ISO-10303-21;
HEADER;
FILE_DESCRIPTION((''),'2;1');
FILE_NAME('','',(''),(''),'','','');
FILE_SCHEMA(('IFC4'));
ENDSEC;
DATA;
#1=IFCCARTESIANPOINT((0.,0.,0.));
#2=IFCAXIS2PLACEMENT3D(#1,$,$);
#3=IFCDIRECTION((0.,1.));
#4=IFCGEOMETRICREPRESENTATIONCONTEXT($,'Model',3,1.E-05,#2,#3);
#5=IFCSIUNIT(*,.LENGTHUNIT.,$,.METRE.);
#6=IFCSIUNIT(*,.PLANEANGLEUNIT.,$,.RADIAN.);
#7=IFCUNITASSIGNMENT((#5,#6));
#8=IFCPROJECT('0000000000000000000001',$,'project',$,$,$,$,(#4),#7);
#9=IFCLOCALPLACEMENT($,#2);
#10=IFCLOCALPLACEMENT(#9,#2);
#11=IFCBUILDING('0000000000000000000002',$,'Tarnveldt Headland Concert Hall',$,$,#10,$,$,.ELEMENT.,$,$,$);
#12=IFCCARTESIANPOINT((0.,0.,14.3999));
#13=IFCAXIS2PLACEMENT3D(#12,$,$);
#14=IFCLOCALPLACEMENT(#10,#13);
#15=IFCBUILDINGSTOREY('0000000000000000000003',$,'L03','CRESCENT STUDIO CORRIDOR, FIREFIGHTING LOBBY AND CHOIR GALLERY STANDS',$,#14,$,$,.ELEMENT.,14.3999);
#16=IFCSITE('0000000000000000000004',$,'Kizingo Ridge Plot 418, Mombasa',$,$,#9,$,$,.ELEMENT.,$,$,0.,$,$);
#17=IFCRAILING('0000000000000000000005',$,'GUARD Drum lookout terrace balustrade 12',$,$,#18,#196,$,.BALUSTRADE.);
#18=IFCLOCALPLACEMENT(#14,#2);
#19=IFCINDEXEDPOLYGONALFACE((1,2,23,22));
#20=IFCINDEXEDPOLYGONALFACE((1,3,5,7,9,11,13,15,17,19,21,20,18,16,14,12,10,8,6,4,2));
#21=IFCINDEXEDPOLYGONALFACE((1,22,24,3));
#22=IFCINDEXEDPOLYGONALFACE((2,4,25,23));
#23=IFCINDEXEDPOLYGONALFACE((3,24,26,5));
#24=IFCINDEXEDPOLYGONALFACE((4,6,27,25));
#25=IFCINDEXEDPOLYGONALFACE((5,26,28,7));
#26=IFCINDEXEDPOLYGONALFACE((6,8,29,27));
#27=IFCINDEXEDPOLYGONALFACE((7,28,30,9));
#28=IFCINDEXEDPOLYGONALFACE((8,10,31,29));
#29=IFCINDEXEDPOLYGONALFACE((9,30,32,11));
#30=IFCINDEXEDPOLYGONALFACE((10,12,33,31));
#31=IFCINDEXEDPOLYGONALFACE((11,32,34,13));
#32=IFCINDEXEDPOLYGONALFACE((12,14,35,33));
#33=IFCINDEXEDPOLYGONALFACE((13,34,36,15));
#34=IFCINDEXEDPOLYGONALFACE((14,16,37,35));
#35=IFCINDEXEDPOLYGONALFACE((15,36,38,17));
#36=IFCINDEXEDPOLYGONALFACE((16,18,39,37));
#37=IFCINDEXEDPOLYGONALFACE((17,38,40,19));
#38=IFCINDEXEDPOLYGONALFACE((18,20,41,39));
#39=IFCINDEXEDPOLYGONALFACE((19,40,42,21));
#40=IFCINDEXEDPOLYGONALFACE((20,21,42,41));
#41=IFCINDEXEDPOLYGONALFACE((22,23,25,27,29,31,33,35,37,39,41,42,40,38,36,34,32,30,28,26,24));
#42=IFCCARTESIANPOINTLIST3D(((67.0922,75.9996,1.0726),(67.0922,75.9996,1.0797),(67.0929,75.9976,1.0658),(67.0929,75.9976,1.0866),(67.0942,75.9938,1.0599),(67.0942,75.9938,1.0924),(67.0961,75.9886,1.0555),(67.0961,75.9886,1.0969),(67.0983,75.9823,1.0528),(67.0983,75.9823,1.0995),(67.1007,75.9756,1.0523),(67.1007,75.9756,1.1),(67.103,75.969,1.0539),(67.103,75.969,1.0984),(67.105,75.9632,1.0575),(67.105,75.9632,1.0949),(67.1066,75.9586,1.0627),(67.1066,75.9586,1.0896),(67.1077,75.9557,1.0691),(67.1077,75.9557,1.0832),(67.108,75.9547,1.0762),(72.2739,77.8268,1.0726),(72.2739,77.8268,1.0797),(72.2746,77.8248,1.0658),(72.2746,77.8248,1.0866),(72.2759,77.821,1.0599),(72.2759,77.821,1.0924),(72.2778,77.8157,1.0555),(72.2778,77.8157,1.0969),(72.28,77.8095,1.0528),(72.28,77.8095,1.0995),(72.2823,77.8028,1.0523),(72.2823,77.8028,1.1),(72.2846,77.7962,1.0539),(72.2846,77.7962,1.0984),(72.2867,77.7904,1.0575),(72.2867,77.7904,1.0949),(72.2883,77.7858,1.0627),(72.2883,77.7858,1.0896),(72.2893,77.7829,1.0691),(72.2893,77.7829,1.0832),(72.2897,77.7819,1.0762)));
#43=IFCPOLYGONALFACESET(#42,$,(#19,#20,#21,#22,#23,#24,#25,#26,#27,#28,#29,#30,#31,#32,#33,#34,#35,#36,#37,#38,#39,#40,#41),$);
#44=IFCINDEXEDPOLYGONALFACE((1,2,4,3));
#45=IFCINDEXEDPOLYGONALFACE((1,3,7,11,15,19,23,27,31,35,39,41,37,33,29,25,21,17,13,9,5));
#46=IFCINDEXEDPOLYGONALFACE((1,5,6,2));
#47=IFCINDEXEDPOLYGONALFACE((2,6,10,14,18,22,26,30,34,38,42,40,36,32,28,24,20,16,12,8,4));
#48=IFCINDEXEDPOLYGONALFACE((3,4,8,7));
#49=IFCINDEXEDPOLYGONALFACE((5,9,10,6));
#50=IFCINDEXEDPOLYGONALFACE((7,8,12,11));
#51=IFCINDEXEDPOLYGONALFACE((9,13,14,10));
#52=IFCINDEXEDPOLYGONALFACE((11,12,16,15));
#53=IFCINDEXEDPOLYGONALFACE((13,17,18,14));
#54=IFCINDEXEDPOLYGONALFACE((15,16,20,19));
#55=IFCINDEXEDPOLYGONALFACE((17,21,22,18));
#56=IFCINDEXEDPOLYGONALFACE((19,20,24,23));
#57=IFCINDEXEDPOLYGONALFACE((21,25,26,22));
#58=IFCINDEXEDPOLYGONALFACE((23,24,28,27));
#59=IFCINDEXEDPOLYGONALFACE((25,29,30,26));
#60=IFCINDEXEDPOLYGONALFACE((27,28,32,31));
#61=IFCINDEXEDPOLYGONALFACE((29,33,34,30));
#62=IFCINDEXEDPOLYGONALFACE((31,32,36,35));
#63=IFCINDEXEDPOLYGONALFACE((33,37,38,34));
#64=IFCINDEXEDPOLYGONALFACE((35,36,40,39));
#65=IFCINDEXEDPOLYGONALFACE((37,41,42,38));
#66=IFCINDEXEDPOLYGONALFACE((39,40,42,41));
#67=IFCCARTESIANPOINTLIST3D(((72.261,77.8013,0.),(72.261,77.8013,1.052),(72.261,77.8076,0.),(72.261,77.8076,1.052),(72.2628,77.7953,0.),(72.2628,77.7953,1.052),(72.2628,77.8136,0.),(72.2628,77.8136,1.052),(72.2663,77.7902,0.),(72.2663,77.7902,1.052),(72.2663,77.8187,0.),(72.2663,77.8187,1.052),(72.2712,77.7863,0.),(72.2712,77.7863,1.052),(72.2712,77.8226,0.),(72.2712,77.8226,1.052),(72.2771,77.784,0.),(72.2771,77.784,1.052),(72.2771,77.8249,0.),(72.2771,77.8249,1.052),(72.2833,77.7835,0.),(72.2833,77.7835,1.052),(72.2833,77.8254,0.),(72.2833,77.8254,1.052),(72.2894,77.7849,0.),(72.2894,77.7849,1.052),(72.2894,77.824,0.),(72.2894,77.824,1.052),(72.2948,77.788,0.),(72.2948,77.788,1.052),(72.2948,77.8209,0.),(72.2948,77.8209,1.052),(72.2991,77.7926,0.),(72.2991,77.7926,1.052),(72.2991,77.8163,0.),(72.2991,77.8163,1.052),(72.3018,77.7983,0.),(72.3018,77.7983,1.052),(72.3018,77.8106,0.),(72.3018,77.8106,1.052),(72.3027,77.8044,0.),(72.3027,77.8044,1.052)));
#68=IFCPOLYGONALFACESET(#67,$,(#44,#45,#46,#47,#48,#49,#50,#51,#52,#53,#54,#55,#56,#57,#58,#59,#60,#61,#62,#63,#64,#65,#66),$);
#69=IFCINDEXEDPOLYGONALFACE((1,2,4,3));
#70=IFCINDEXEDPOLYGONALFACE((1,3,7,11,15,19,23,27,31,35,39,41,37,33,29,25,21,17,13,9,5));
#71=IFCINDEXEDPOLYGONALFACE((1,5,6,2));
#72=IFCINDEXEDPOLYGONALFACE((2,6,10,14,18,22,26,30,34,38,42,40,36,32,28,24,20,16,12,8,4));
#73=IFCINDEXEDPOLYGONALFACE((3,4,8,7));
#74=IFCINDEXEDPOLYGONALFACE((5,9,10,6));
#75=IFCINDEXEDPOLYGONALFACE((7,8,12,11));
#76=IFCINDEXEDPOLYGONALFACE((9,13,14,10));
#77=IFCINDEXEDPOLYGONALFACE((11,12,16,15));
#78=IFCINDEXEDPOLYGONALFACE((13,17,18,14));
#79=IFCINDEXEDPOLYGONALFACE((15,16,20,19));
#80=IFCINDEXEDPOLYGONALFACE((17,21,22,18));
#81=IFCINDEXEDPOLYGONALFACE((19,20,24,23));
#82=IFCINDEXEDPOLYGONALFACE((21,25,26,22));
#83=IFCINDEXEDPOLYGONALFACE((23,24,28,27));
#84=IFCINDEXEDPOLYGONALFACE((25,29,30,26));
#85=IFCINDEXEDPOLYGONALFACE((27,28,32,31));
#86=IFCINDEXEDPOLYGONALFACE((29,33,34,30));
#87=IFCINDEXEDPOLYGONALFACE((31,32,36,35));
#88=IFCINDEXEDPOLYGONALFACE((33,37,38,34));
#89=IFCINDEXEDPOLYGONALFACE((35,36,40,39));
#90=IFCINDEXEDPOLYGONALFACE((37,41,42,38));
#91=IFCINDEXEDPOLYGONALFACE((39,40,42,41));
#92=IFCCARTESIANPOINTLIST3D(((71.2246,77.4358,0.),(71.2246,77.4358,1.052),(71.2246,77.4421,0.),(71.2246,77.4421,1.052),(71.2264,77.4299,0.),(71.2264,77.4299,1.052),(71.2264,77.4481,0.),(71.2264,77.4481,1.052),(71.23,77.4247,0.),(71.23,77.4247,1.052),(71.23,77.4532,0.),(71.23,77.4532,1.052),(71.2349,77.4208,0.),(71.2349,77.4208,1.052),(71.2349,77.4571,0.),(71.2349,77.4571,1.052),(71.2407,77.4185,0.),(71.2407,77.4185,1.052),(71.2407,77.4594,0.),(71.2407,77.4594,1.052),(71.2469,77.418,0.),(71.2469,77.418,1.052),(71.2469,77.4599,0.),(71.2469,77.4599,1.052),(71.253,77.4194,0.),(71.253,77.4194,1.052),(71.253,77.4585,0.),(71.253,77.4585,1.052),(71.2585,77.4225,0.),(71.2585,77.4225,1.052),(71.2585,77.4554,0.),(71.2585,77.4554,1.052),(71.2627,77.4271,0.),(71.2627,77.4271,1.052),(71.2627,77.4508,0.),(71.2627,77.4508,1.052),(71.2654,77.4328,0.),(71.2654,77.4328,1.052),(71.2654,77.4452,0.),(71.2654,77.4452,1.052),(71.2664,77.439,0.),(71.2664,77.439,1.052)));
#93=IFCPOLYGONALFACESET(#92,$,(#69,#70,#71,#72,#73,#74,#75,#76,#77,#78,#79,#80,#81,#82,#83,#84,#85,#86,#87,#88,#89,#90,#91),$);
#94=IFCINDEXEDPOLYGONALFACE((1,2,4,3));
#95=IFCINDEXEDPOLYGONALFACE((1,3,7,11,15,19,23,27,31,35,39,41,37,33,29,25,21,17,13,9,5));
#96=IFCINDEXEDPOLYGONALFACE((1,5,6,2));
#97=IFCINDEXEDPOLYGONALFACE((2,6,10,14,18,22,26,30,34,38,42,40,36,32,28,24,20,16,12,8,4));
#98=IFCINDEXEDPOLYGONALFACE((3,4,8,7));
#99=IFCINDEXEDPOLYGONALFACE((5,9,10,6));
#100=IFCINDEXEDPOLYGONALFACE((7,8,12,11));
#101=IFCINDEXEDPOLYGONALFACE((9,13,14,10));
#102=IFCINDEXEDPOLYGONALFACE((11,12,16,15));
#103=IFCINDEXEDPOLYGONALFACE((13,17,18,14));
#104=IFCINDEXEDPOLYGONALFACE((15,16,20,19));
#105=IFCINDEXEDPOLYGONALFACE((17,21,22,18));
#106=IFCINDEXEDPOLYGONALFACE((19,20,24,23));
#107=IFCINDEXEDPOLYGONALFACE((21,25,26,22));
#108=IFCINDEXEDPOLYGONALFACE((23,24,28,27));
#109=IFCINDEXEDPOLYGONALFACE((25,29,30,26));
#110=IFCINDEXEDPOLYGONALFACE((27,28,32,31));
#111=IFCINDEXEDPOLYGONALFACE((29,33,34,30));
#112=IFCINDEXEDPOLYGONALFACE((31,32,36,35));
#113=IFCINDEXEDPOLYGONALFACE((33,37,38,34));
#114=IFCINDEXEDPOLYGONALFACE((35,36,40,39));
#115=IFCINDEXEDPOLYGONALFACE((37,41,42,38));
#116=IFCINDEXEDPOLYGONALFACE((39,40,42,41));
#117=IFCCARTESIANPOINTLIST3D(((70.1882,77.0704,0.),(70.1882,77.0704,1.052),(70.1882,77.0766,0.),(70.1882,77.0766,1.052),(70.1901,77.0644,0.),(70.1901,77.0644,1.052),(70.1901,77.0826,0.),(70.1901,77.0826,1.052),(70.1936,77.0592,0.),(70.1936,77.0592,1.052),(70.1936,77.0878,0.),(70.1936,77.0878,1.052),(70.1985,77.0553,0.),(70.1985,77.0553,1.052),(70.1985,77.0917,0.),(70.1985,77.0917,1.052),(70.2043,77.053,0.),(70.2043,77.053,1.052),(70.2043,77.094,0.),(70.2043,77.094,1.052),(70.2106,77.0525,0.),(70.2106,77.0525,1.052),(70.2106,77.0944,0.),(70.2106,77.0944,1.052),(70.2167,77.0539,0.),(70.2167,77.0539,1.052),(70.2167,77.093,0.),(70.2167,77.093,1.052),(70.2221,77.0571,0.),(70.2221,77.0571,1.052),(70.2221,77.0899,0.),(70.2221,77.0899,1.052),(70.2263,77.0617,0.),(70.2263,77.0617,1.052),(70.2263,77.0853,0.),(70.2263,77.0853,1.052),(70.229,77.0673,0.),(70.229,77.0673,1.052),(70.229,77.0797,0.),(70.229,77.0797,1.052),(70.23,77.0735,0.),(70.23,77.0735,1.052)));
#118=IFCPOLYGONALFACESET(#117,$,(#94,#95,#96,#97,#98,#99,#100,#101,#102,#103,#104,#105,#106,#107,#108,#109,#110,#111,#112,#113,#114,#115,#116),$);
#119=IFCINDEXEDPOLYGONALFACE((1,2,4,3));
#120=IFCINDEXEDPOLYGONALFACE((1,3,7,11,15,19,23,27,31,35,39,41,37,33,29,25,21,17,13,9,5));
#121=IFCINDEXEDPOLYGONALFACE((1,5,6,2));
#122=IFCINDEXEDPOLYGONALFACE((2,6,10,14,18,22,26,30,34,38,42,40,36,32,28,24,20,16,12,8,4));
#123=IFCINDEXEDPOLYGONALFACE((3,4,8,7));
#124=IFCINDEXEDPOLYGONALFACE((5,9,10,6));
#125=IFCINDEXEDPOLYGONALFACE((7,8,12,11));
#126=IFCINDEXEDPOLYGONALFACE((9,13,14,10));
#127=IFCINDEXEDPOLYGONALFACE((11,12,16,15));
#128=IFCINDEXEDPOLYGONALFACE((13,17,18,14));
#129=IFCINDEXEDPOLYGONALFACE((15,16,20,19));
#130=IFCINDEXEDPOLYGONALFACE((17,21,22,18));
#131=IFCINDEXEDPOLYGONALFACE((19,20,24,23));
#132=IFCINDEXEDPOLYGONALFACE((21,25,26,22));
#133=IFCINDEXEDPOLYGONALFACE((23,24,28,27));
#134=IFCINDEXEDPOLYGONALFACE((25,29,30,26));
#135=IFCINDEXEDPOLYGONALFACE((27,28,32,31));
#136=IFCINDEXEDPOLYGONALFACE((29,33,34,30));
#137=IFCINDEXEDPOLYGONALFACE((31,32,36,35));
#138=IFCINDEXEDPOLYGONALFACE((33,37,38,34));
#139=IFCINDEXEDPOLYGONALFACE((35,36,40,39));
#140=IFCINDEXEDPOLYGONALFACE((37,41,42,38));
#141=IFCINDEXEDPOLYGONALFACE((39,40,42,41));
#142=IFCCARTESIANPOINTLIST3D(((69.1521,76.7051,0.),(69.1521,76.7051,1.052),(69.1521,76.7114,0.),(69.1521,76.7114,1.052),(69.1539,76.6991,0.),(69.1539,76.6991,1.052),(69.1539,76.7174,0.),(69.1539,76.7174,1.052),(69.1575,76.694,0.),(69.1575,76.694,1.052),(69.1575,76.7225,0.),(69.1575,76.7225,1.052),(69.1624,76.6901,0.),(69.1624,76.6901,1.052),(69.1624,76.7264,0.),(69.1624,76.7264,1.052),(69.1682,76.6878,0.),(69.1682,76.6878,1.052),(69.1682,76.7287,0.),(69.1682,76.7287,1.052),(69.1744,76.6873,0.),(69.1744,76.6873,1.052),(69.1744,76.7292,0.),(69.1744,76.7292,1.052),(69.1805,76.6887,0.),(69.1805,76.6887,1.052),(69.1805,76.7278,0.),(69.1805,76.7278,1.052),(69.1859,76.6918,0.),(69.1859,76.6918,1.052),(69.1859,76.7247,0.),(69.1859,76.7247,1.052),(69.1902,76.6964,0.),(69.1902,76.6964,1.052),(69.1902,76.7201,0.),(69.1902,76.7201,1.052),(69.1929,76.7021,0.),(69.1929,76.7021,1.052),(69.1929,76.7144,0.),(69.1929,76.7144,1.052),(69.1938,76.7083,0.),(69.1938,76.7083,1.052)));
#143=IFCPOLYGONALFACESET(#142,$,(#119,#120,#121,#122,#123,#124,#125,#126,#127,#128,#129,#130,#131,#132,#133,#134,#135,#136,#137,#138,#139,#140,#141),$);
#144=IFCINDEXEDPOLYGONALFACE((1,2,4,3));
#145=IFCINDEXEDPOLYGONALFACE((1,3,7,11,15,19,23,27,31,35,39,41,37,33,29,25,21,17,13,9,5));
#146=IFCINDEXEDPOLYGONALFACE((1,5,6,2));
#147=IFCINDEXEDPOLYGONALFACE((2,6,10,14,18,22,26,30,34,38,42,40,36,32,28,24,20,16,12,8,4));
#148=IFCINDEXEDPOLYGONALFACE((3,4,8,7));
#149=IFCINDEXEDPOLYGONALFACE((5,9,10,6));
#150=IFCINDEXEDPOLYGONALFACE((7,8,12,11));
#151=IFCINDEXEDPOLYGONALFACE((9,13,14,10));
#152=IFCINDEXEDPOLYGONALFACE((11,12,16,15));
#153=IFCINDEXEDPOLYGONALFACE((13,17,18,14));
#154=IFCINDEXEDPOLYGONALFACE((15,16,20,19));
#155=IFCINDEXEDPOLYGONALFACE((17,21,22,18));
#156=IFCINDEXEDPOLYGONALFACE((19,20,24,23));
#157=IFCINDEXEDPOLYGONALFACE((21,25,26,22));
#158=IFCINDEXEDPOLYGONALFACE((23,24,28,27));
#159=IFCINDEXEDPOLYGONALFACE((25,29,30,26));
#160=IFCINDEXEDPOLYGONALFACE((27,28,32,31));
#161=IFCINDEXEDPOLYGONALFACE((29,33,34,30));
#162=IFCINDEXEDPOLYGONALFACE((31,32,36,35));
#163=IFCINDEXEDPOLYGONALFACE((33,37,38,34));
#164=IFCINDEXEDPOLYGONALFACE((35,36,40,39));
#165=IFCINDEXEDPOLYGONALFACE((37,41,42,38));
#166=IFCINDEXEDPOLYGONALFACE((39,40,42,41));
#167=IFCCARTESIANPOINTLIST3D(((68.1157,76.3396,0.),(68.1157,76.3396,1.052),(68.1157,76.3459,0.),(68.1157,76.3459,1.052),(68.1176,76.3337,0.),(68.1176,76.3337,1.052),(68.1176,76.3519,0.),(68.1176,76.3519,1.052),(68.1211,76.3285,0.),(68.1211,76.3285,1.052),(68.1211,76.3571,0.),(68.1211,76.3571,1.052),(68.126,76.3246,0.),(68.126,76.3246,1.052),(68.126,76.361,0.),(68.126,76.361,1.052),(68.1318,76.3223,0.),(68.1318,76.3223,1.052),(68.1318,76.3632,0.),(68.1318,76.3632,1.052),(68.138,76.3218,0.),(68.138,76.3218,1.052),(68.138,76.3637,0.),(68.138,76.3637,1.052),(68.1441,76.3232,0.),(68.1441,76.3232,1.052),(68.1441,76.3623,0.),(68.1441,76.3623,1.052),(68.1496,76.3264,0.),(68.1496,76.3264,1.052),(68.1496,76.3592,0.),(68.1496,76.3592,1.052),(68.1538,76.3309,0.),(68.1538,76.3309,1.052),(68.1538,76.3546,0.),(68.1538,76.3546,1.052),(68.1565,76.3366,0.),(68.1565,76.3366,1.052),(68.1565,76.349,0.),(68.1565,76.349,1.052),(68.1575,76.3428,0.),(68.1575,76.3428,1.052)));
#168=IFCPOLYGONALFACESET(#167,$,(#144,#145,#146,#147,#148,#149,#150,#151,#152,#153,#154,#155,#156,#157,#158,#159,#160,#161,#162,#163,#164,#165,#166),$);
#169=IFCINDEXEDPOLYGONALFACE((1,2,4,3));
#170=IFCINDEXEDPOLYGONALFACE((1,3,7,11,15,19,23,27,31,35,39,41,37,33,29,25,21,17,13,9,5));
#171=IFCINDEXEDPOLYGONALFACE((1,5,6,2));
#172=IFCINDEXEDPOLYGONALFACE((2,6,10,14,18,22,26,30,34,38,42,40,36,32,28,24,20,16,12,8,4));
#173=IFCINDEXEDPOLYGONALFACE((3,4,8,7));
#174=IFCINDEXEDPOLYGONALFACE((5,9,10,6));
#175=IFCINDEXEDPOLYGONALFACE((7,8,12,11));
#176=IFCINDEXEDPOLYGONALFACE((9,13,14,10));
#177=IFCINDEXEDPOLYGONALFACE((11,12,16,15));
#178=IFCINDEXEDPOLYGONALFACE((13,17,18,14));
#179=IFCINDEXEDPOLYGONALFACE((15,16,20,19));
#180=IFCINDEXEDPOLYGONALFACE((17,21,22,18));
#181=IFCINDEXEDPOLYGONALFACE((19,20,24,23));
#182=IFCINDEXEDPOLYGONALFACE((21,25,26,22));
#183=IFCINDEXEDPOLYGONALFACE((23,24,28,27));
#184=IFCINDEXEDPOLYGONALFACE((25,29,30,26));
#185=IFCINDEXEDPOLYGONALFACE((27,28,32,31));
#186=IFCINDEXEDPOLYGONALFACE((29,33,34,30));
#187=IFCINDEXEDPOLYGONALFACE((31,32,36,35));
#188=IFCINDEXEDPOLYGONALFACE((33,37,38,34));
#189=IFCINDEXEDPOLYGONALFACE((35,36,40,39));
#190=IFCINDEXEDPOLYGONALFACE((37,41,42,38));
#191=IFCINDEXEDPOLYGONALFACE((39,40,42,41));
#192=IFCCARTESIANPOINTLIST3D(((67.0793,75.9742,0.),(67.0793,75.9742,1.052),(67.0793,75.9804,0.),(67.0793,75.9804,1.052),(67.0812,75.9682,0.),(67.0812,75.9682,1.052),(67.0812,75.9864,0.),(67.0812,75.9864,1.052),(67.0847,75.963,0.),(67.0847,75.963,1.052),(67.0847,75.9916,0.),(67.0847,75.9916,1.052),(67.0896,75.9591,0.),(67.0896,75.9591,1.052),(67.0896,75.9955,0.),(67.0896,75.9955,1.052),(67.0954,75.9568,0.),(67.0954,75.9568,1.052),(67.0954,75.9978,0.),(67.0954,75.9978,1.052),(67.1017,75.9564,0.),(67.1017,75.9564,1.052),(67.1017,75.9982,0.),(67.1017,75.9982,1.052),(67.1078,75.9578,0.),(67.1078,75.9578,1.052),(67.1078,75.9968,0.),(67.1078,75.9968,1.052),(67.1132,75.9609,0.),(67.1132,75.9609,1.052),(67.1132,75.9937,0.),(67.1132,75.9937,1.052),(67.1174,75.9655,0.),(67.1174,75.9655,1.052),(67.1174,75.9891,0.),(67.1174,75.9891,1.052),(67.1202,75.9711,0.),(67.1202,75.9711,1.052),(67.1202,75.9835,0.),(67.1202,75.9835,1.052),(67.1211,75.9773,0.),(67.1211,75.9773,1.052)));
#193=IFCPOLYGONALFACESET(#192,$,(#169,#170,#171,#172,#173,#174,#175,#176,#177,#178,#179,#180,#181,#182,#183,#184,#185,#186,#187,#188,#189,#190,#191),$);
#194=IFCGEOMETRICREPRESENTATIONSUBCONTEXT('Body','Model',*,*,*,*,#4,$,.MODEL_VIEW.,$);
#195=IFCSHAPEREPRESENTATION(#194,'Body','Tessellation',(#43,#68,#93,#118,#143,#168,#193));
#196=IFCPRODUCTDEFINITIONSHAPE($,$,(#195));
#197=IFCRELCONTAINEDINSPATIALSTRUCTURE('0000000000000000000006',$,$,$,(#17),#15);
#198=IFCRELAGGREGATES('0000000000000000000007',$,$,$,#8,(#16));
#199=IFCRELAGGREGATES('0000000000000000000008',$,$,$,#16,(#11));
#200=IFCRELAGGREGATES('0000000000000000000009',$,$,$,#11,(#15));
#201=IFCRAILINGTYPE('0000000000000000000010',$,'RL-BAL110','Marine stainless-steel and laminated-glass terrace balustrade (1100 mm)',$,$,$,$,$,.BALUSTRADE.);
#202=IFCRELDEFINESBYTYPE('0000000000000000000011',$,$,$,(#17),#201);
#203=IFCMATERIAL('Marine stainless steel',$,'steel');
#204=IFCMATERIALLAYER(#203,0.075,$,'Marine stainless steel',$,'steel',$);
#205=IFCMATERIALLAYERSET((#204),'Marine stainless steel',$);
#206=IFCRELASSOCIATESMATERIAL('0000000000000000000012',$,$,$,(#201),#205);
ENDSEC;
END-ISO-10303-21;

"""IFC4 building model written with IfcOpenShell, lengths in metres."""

from ifc_helpers import new_model, si_unit, direction, frame, origin, origin_2d, place, context, subcontext, project, spatial, circle, extrude, material, layer, layer_set, type_object, element, save


model = new_model("IFC4")

# Units and contexts
model_context = context("Model", 3, precision=1e-05, world=origin(), true_north=direction((0.0, 1.0)))
body_context = subcontext(model_context, "Body", "Model", "MODEL_VIEW")
ifc_project = project(units=[si_unit("LENGTHUNIT", "METRE"), si_unit("PLANEANGLEUNIT", "RADIAN")], contexts=[model_context])

# Site, building, storey
site_placement = place(None, origin())
site = spatial("IfcSite", under=ifc_project, at=site_placement, Name="Kizingo Ridge Plot 418, Mombasa", CompositionType="ELEMENT", RefElevation=0.0)
building_placement = place(site_placement, origin())
building = spatial("IfcBuilding", under=site, at=building_placement, Name="Tarnveldt Headland Concert Hall", CompositionType="ELEMENT")
storey_placement = place(building_placement, frame((0.0, 0.0, 14.3999)))
storey = spatial("IfcBuildingStorey", under=building, at=storey_placement, Name="L03", Description="CRESCENT STUDIO CORRIDOR, FIREFIGHTING LOBBY AND CHOIR GALLERY STANDS", CompositionType="ELEMENT", Elevation=14.3999)

# Railing
ifc_material_1 = material(Name="Marine stainless steel", Category="steel")
ifc_layer_1 = layer(ifc_material_1, 0.075, Name="Marine stainless steel", Category="steel")
ifc_layer_set_1 = layer_set([ifc_layer_1], Name="Marine stainless steel")
railing_type = type_object("IfcRailingType", Name="RL-BAL110", Description="Marine stainless-steel and laminated-glass terrace balustrade (1100 mm)", PredefinedType="BALUSTRADE", material=ifc_layer_set_1)
railing_1_placement = place(storey_placement, frame((72.2817, 77.8044, 0.0)))
element("IfcRailing", 1, at=railing_1_placement, inside=storey, type_object=railing_type, Name="GUARD Drum lookout terrace balustrade 12", PredefinedType="BALUSTRADE", context=body_context, shape_type="SweptSolid", body=[
    extrude(circle(Radius=0.0239, at=origin_2d()), frame((0.0, 0.0, 1.0762), z_axis=(-0.943085, -0.33255, 0.0), x_axis=(0.33255, -0.943085, 0.0)), (0.0, 0.0, 1.0), 5.4944),
    extrude(circle(Radius=0.021, at=origin_2d()), origin(), (0.0, 0.0, 1.0), 1.052),
    extrude(circle(Radius=0.021, at=origin_2d()), frame((-1.0364, -0.3655, 0.0)), (0.0, 0.0, 1.0), 1.052),
    extrude(circle(Radius=0.021, at=origin_2d()), frame((-2.0728, -0.731, 0.0)), (0.0, 0.0, 1.0), 1.052),
    extrude(circle(Radius=0.021, at=origin_2d()), frame((-3.1089, -1.0962, 0.0)), (0.0, 0.0, 1.0), 1.052),
    extrude(circle(Radius=0.021, at=origin_2d()), frame((-4.1453, -1.4617, 0.0)), (0.0, 0.0, 1.0), 1.052),
    extrude(circle(Radius=0.021, at=origin_2d()), frame((-5.1816, -1.8271, 0.0)), (0.0, 0.0, 1.0), 1.052),
])

save(model, "model.ifc")
